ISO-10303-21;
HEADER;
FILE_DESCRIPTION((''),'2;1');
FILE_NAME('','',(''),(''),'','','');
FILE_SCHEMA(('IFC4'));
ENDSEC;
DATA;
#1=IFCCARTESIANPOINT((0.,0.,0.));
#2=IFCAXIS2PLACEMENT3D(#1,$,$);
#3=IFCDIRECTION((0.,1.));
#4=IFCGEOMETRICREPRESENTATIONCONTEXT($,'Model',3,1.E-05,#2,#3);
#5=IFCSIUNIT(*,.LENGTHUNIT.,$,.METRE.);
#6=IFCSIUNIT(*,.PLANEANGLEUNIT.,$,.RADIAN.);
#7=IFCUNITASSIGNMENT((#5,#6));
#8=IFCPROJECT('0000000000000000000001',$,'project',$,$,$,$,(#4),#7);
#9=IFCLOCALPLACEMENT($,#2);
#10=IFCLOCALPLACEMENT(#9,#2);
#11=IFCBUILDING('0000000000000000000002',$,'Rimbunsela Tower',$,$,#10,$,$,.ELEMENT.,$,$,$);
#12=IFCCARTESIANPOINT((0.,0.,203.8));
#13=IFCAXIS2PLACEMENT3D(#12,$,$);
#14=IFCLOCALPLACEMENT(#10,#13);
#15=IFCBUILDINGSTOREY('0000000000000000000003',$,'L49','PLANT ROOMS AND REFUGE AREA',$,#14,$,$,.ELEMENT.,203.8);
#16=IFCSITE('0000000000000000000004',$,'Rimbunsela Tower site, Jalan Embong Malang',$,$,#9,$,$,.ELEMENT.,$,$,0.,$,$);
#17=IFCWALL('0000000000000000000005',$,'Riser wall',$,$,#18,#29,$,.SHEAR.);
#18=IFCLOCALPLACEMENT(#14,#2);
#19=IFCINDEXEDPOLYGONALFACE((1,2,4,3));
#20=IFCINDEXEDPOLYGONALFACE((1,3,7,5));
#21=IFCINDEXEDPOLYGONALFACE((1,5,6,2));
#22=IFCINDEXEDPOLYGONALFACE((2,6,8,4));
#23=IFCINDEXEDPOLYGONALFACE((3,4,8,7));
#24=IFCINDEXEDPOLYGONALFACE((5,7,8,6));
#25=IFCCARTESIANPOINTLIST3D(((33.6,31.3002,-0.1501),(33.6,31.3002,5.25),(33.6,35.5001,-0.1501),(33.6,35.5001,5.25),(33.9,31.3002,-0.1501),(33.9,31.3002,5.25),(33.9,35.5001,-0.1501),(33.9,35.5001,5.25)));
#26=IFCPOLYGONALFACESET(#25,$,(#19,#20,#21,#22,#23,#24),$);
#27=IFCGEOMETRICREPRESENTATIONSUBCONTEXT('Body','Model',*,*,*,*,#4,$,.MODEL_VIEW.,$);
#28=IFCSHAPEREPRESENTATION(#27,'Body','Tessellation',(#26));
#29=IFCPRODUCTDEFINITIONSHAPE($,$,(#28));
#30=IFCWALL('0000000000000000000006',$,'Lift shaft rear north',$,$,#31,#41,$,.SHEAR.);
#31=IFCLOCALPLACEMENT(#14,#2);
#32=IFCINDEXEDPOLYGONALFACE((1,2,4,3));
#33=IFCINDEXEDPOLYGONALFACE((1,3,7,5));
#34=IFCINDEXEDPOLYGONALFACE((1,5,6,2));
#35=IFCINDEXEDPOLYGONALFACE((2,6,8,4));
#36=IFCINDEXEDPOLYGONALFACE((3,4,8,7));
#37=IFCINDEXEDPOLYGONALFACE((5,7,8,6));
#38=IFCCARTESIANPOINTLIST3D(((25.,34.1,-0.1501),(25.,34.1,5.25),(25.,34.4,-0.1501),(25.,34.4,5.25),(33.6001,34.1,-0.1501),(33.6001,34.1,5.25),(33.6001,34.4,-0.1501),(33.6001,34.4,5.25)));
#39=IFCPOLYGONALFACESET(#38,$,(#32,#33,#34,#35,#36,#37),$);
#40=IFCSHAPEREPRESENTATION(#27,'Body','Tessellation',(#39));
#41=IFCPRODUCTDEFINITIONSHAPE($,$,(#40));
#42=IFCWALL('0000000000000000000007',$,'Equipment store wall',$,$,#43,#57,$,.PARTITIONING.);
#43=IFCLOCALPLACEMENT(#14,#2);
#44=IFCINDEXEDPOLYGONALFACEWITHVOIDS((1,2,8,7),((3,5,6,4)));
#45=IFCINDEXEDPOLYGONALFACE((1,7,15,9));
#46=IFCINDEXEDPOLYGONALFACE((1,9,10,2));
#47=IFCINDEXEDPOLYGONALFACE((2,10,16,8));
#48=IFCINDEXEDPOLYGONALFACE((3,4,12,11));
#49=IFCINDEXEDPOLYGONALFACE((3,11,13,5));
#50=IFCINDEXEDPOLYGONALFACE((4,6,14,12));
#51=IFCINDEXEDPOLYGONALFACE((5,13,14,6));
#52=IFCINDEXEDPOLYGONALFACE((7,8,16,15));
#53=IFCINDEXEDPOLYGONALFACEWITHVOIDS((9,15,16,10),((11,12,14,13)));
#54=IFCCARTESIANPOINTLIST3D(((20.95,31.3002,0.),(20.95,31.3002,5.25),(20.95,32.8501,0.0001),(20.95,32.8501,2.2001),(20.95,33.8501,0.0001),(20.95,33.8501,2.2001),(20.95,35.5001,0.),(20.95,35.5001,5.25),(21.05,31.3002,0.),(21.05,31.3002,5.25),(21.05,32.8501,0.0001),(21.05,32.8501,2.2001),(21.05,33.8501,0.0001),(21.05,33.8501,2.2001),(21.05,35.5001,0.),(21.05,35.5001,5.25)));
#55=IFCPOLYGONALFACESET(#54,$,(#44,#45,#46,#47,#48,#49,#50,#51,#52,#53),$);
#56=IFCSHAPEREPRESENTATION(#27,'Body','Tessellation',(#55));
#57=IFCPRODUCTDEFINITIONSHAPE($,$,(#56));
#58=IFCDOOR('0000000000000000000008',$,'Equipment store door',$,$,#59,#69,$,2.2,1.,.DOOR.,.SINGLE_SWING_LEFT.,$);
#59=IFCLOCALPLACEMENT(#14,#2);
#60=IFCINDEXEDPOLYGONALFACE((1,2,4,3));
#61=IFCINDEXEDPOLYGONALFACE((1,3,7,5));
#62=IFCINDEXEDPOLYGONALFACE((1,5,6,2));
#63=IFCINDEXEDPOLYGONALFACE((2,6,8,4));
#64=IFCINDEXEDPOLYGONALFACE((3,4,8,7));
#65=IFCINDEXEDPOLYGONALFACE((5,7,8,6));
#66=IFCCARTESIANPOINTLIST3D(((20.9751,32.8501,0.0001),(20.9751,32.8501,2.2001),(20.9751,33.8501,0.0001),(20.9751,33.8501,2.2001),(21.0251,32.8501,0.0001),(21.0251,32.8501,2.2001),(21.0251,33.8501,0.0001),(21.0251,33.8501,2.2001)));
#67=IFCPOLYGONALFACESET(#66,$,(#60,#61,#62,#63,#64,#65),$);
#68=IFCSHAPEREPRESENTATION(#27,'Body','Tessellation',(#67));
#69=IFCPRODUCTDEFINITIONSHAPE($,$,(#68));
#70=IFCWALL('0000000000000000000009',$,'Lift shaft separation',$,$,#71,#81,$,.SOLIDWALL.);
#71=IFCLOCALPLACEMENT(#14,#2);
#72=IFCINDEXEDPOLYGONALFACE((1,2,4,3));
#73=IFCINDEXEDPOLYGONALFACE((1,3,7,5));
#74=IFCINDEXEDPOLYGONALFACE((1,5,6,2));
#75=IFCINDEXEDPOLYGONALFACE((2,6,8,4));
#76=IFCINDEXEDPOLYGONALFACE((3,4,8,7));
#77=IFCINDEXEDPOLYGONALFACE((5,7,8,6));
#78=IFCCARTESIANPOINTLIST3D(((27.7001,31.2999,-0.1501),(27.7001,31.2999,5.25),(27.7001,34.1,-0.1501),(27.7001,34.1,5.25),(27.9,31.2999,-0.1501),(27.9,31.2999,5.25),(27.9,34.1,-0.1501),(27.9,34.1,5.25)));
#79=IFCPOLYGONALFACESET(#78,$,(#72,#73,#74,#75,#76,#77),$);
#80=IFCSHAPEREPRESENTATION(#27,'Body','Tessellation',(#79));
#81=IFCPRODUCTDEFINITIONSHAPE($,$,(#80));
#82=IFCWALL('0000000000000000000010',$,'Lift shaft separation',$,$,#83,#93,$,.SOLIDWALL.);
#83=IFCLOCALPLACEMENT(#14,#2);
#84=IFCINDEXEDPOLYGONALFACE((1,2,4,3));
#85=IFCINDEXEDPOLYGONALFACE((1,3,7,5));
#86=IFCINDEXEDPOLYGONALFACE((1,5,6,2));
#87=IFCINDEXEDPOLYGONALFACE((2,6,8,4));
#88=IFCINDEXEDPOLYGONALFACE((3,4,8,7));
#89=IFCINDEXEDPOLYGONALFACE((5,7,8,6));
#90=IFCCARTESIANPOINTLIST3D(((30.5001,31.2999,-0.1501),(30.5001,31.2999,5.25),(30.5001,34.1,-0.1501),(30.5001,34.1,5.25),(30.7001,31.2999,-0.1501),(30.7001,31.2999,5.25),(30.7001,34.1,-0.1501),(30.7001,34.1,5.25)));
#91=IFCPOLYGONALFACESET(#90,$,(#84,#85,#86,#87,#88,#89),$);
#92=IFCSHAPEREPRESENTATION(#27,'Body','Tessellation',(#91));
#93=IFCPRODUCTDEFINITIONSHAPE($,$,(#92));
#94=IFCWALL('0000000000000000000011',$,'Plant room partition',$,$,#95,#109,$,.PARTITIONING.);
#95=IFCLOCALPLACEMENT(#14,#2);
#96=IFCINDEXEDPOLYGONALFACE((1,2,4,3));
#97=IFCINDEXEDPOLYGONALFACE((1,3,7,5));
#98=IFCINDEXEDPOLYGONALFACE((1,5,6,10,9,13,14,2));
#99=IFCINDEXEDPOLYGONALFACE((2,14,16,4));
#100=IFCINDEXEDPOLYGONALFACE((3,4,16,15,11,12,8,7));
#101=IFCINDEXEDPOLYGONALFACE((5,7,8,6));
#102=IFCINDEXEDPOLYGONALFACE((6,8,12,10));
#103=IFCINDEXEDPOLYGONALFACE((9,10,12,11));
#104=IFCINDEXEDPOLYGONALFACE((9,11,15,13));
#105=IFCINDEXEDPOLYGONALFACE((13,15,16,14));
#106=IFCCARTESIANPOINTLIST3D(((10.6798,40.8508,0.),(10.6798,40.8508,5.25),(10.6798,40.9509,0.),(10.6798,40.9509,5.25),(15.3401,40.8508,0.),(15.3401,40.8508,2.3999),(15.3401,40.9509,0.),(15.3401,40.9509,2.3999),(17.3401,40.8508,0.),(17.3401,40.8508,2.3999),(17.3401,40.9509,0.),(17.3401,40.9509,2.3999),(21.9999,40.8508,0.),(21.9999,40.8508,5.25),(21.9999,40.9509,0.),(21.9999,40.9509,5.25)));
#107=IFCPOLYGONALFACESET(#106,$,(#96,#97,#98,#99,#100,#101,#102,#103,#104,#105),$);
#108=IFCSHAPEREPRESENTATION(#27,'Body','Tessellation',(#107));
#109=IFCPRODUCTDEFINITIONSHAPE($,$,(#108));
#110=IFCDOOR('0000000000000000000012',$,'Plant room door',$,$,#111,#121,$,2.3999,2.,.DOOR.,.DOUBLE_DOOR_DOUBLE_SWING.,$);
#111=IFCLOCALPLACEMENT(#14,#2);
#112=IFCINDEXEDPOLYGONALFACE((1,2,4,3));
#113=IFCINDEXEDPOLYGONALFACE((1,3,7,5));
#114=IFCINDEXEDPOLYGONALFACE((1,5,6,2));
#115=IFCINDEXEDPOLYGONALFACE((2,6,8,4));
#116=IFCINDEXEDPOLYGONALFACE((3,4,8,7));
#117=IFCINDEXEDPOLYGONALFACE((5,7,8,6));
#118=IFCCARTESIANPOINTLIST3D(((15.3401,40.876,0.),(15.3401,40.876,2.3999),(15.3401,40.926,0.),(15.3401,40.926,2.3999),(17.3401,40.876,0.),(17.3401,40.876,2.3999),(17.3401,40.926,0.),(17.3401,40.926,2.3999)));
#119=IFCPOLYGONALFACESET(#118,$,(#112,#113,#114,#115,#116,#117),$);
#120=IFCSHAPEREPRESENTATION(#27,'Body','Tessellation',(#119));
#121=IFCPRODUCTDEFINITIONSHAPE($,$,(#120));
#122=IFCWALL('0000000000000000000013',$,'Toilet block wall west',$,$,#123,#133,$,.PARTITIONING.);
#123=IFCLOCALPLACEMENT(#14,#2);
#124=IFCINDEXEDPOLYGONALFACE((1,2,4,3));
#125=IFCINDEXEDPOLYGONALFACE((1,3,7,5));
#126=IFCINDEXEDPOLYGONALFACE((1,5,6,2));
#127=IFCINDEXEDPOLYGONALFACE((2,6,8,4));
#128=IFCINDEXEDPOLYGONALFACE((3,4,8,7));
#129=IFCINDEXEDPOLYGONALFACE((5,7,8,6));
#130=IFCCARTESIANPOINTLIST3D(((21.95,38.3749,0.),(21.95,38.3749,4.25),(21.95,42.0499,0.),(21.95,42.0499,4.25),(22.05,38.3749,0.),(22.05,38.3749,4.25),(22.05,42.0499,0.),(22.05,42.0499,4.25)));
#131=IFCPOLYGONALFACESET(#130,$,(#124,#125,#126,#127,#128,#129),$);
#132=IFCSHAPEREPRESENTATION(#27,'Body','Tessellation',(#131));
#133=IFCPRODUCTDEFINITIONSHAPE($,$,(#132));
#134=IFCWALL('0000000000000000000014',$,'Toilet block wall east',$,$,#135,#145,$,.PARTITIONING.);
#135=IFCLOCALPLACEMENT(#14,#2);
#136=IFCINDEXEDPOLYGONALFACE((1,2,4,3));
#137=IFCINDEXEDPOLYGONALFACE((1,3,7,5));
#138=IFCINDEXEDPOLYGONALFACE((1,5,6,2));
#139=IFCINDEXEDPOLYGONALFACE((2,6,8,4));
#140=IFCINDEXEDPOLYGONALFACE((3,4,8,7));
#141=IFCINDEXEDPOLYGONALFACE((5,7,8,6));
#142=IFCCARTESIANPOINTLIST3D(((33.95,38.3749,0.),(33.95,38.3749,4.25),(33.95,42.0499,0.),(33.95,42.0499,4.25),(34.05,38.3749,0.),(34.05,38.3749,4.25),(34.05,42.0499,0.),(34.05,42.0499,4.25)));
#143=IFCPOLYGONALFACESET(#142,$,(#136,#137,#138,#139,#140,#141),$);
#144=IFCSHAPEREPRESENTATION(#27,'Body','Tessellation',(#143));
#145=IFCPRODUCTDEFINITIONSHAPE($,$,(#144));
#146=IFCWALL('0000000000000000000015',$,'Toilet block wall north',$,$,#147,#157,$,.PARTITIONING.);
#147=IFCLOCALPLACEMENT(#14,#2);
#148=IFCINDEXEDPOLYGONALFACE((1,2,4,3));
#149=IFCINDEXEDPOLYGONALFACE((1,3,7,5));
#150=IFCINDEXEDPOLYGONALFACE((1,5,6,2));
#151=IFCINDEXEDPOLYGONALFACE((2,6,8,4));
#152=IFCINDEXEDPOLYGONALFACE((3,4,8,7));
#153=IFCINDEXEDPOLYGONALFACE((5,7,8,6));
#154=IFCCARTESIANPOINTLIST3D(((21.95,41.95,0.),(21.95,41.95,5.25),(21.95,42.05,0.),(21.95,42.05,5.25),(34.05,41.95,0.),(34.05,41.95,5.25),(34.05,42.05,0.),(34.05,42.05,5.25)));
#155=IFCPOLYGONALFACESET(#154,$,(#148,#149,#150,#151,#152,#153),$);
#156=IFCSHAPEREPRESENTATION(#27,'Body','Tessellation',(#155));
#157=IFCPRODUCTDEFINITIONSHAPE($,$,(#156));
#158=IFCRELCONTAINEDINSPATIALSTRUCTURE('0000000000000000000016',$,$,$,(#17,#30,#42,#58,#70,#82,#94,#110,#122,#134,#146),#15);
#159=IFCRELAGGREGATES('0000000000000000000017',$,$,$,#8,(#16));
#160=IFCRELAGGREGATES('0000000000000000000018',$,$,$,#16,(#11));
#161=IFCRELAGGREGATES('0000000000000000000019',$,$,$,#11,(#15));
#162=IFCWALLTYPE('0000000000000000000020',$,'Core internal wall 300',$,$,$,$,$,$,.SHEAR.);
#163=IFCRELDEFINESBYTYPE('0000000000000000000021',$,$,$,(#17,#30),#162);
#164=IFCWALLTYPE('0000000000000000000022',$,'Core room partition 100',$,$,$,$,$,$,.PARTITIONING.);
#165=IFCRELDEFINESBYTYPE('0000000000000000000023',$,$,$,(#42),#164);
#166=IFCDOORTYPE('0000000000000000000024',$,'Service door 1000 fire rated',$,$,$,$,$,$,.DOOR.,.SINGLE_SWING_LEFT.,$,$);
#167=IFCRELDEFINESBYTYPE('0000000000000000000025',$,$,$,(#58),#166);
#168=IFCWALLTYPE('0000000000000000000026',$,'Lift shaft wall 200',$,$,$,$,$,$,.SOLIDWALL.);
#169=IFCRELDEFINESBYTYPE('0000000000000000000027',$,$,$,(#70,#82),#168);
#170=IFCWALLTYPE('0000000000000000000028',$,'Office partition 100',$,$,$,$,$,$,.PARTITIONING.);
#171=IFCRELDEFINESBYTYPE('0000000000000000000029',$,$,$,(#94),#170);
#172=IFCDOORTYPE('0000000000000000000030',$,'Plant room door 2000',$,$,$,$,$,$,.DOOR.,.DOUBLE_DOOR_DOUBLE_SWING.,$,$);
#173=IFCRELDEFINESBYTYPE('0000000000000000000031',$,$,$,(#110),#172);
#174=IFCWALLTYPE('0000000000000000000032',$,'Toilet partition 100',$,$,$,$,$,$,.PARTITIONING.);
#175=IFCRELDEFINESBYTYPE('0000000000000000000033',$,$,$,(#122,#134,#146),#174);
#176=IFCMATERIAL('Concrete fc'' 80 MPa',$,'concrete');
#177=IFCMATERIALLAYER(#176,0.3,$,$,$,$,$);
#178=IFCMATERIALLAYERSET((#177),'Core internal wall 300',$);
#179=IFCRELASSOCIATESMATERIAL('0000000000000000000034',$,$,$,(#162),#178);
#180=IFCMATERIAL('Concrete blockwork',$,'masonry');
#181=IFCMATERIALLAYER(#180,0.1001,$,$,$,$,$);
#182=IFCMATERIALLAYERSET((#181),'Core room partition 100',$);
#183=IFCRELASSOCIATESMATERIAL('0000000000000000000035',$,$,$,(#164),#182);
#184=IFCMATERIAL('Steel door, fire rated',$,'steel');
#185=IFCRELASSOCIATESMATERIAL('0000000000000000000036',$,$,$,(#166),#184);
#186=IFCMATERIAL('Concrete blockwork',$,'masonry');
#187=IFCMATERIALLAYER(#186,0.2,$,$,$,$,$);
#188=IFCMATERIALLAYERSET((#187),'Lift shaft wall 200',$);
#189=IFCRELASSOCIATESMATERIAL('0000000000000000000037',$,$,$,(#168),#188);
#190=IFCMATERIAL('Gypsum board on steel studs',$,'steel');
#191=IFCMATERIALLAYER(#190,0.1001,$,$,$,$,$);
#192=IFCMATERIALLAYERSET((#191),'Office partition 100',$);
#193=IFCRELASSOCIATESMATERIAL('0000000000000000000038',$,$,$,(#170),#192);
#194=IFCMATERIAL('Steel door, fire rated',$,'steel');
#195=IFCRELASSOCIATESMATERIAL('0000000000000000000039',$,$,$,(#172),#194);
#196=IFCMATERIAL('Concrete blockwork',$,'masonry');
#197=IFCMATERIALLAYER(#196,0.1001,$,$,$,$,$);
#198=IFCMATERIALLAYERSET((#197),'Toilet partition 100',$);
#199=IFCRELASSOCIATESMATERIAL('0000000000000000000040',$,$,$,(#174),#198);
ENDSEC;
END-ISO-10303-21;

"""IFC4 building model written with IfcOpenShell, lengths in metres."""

from ifc_helpers import new_model, si_unit, direction, frame, frame_2d, origin, place, context, subcontext, project, spatial, rectangle, extrude, material, layer, layer_set, type_object, element, fill, save


model = new_model("IFC4")

# Units and contexts
model_context = context("Model", 3, precision=1e-05, world=origin(), true_north=direction((0.0, 1.0)))
body_context = subcontext(model_context, "Body", "Model", "MODEL_VIEW")
ifc_project = project(units=[si_unit("LENGTHUNIT", "METRE"), si_unit("PLANEANGLEUNIT", "RADIAN")], contexts=[model_context])

# Site, building, storey
site_placement = place(None, origin())
site = spatial("IfcSite", under=ifc_project, at=site_placement, Name="Rimbunsela Tower site, Jalan Embong Malang", CompositionType="ELEMENT", RefElevation=0.0)
building_placement = place(site_placement, origin())
building = spatial("IfcBuilding", under=site, at=building_placement, Name="Rimbunsela Tower", CompositionType="ELEMENT")
storey_placement = place(building_placement, frame((0.0, 0.0, 203.8)))
storey = spatial("IfcBuildingStorey", under=building, at=storey_placement, Name="L49", Description="PLANT ROOMS AND REFUGE AREA", CompositionType="ELEMENT", Elevation=203.8)

# Shared definitions
ifc_material_1 = material(Name="Concrete fc' 80 MPa", Category="concrete")
ifc_layer_1 = layer(ifc_material_1, 0.3)
ifc_layer_set_1 = layer_set([ifc_layer_1], Name="Core internal wall 300")
wall_type_1 = type_object("IfcWallType", Name="Core internal wall 300", PredefinedType="SHEAR", material=ifc_layer_set_1)

# Walls
for number, where, z_axis, x_axis, name in (
    (1, (33.75, 31.3, -0.1501), (0.0, 0.0, 1.0), (0.0, 1.0, 0.0), "Riser wall"),
):
    element("IfcWall", number, at=place(storey_placement, frame(where, z_axis=z_axis, x_axis=x_axis)), inside=storey, type_object=wall_type_1, Name=name, PredefinedType="SHEAR", context=body_context, shape_type="SweptSolid", body=[
        extrude(rectangle(XDim=4.2, YDim=0.3, at=frame_2d((2.1001, 0.0))), origin(), (0.0, 0.0, 1.0), 5.4001),
    ])
wall_1_placement = place(storey_placement, frame((25.0, 34.25, -0.1501), z_axis=(0.0, 0.0, 1.0), x_axis=(1.0, 0.0, 0.0)))
element("IfcWall", 2, at=wall_1_placement, inside=storey, type_object=wall_type_1, Name="Lift shaft rear north", PredefinedType="SHEAR", context=body_context, shape_type="SweptSolid", body=[
    extrude(rectangle(XDim=8.6001, YDim=0.3, at=frame_2d((4.3, 0.0))), origin(), (0.0, 0.0, 1.0), 5.4001),
])

# Wall, opening, door
ifc_material_2 = material(Name="Concrete blockwork", Category="masonry")
ifc_layer_2 = layer(ifc_material_2, 0.1001)
ifc_layer_set_2 = layer_set([ifc_layer_2], Name="Core room partition 100")
wall_type_2 = type_object("IfcWallType", Name="Core room partition 100", PredefinedType="PARTITIONING", material=ifc_layer_set_2)
wall_2_placement = place(storey_placement, frame((21.0, 31.3, 0.0), z_axis=(0.0, 0.0, 1.0), x_axis=(0.0, 1.0, 0.0)))
wall_2 = element("IfcWall", 3, at=wall_2_placement, inside=storey, type_object=wall_type_2, Name="Equipment store wall", PredefinedType="PARTITIONING", context=body_context, shape_type="SweptSolid", body=[
    extrude(rectangle(XDim=4.2, YDim=0.1001, at=frame_2d((2.1001, 0.0))), origin(), (0.0, 0.0, 1.0), 5.25),
])
opening_1_placement = place(wall_2_placement, frame((1.55, 0.0, 0.0)))
opening_1 = element("IfcOpeningElement", 4, at=opening_1_placement, cuts=wall_2, PredefinedType="OPENING", context=body_context, shape_type="SweptSolid", body=[
    extrude(rectangle(XDim=1.0, YDim=2.2, at=frame_2d((0.5, 1.1001))), frame((0.0, 0.0601, 0.0), z_axis=(0.0, -1.0, 0.0), x_axis=(1.0, 0.0, 0.0)), (0.0, 0.0, 1.0), 0.1201),
])
ifc_material_3 = material(Name="Steel door, fire rated", Category="steel")
door_type_1 = type_object("IfcDoorType", Name="Service door 1000 fire rated", OperationType="SINGLE_SWING_LEFT", PredefinedType="DOOR", material=ifc_material_3)
door_1_placement = place(opening_1_placement, origin())
door_1 = element("IfcDoor", 5, at=door_1_placement, inside=storey, type_object=door_type_1, Name="Equipment store door", OperationType="SINGLE_SWING_LEFT", OverallHeight=2.2, OverallWidth=1.0, PredefinedType="DOOR", context=body_context, shape_type="SweptSolid", body=[
    extrude(rectangle(XDim=1.0, YDim=2.2, at=frame_2d((0.5, 1.1001))), frame((0.0, 0.0249, 0.0), z_axis=(0.0, -1.0, 0.0), x_axis=(1.0, 0.0, 0.0)), (0.0, 0.0, 1.0), 0.05),
])
fill(opening_1, door_1)

# Walls
ifc_material_4 = material(Name="Concrete blockwork", Category="masonry")
ifc_layer_3 = layer(ifc_material_4, 0.2)
ifc_layer_set_3 = layer_set([ifc_layer_3], Name="Lift shaft wall 200")
wall_type_3 = type_object("IfcWallType", Name="Lift shaft wall 200", PredefinedType="SOLIDWALL", material=ifc_layer_set_3)
for number, where, z_axis, x_axis, name in (
    (6, (27.8, 31.3, -0.1501), (0.0, 0.0, 1.0), (0.0, 1.0, 0.0), "Lift shaft separation"),
    (7, (30.6001, 31.3, -0.1501), (0.0, 0.0, 1.0), (0.0, 1.0, 0.0), "Lift shaft separation"),
):
    element("IfcWall", number, at=place(storey_placement, frame(where, z_axis=z_axis, x_axis=x_axis)), inside=storey, type_object=wall_type_3, Name=name, PredefinedType="SOLIDWALL", context=body_context, shape_type="SweptSolid", body=[
        extrude(rectangle(XDim=2.8, YDim=0.2, at=frame_2d((1.3999, 0.0))), origin(), (0.0, 0.0, 1.0), 5.4001),
    ])

# Wall, opening, door
ifc_material_5 = material(Name="Gypsum board on steel studs", Category="steel")
ifc_layer_4 = layer(ifc_material_5, 0.1001)
ifc_layer_set_4 = layer_set([ifc_layer_4], Name="Office partition 100")
wall_type_4 = type_object("IfcWallType", Name="Office partition 100", PredefinedType="PARTITIONING", material=ifc_layer_set_4)
wall_3_placement = place(storey_placement, frame((22.0, 40.9009, 0.0), z_axis=(0.0, 0.0, 1.0), x_axis=(-1.0, 0.0, 0.0)))
wall_3 = element("IfcWall", 8, at=wall_3_placement, inside=storey, type_object=wall_type_4, Name="Plant room partition", PredefinedType="PARTITIONING", context=body_context, shape_type="SweptSolid", body=[
    extrude(rectangle(XDim=11.3201, YDim=0.1001, at=frame_2d((5.6602, 0.0))), origin(), (0.0, 0.0, 1.0), 5.25),
])
opening_2_placement = place(wall_3_placement, frame((4.6599, 0.0, 0.0)))
opening_2 = element("IfcOpeningElement", 9, at=opening_2_placement, cuts=wall_3, PredefinedType="OPENING", context=body_context, shape_type="SweptSolid", body=[
    extrude(rectangle(XDim=2.0, YDim=2.3999, at=frame_2d((1.0, 1.2))), frame((0.0, 0.0601, 0.0), z_axis=(0.0, -1.0, 0.0), x_axis=(1.0, 0.0, 0.0)), (0.0, 0.0, 1.0), 0.1201),
])
ifc_material_6 = material(Name="Steel door, fire rated", Category="steel")
door_type_2 = type_object("IfcDoorType", Name="Plant room door 2000", OperationType="DOUBLE_DOOR_DOUBLE_SWING", PredefinedType="DOOR", material=ifc_material_6)
door_2_placement = place(opening_2_placement, origin())
door_2 = element("IfcDoor", 10, at=door_2_placement, inside=storey, type_object=door_type_2, Name="Plant room door", OperationType="DOUBLE_DOOR_DOUBLE_SWING", OverallHeight=2.3999, OverallWidth=2.0, PredefinedType="DOOR", context=body_context, shape_type="SweptSolid", body=[
    extrude(rectangle(XDim=2.0, YDim=2.3999, at=frame_2d((1.0, 1.2))), frame((0.0, 0.0249, 0.0), z_axis=(0.0, -1.0, 0.0), x_axis=(1.0, 0.0, 0.0)), (0.0, 0.0, 1.0), 0.05),
])
fill(opening_2, door_2)

# Walls
ifc_material_7 = material(Name="Concrete blockwork", Category="masonry")
ifc_layer_5 = layer(ifc_material_7, 0.1001)
ifc_layer_set_5 = layer_set([ifc_layer_5], Name="Toilet partition 100")
wall_type_5 = type_object("IfcWallType", Name="Toilet partition 100", PredefinedType="PARTITIONING", material=ifc_layer_set_5)
for number, where, z_axis, x_axis, name in (
    (11, (22.0, 38.375, 0.0), (0.0, 0.0, 1.0), (0.0, 1.0, 0.0), "Toilet block wall west"),
    (12, (34.0, 38.375, 0.0), (0.0, 0.0, 1.0), (0.0, 1.0, 0.0), "Toilet block wall east"),
):
    element("IfcWall", number, at=place(storey_placement, frame(where, z_axis=z_axis, x_axis=x_axis)), inside=storey, type_object=wall_type_5, Name=name, PredefinedType="PARTITIONING", context=body_context, shape_type="SweptSolid", body=[
        extrude(rectangle(XDim=3.675, YDim=0.1001, at=frame_2d((1.8374, 0.0))), origin(), (0.0, 0.0, 1.0), 4.25),
    ])
wall_4_placement = place(storey_placement, frame((21.95, 42.0, 0.0), z_axis=(0.0, 0.0, 1.0), x_axis=(1.0, 0.0, 0.0)))
element("IfcWall", 13, at=wall_4_placement, inside=storey, type_object=wall_type_5, Name="Toilet block wall north", PredefinedType="PARTITIONING", context=body_context, shape_type="SweptSolid", body=[
    extrude(rectangle(XDim=12.1001, YDim=0.1001, at=frame_2d((6.05, 0.0))), origin(), (0.0, 0.0, 1.0), 5.25),
])

save(model, "model.ifc")
